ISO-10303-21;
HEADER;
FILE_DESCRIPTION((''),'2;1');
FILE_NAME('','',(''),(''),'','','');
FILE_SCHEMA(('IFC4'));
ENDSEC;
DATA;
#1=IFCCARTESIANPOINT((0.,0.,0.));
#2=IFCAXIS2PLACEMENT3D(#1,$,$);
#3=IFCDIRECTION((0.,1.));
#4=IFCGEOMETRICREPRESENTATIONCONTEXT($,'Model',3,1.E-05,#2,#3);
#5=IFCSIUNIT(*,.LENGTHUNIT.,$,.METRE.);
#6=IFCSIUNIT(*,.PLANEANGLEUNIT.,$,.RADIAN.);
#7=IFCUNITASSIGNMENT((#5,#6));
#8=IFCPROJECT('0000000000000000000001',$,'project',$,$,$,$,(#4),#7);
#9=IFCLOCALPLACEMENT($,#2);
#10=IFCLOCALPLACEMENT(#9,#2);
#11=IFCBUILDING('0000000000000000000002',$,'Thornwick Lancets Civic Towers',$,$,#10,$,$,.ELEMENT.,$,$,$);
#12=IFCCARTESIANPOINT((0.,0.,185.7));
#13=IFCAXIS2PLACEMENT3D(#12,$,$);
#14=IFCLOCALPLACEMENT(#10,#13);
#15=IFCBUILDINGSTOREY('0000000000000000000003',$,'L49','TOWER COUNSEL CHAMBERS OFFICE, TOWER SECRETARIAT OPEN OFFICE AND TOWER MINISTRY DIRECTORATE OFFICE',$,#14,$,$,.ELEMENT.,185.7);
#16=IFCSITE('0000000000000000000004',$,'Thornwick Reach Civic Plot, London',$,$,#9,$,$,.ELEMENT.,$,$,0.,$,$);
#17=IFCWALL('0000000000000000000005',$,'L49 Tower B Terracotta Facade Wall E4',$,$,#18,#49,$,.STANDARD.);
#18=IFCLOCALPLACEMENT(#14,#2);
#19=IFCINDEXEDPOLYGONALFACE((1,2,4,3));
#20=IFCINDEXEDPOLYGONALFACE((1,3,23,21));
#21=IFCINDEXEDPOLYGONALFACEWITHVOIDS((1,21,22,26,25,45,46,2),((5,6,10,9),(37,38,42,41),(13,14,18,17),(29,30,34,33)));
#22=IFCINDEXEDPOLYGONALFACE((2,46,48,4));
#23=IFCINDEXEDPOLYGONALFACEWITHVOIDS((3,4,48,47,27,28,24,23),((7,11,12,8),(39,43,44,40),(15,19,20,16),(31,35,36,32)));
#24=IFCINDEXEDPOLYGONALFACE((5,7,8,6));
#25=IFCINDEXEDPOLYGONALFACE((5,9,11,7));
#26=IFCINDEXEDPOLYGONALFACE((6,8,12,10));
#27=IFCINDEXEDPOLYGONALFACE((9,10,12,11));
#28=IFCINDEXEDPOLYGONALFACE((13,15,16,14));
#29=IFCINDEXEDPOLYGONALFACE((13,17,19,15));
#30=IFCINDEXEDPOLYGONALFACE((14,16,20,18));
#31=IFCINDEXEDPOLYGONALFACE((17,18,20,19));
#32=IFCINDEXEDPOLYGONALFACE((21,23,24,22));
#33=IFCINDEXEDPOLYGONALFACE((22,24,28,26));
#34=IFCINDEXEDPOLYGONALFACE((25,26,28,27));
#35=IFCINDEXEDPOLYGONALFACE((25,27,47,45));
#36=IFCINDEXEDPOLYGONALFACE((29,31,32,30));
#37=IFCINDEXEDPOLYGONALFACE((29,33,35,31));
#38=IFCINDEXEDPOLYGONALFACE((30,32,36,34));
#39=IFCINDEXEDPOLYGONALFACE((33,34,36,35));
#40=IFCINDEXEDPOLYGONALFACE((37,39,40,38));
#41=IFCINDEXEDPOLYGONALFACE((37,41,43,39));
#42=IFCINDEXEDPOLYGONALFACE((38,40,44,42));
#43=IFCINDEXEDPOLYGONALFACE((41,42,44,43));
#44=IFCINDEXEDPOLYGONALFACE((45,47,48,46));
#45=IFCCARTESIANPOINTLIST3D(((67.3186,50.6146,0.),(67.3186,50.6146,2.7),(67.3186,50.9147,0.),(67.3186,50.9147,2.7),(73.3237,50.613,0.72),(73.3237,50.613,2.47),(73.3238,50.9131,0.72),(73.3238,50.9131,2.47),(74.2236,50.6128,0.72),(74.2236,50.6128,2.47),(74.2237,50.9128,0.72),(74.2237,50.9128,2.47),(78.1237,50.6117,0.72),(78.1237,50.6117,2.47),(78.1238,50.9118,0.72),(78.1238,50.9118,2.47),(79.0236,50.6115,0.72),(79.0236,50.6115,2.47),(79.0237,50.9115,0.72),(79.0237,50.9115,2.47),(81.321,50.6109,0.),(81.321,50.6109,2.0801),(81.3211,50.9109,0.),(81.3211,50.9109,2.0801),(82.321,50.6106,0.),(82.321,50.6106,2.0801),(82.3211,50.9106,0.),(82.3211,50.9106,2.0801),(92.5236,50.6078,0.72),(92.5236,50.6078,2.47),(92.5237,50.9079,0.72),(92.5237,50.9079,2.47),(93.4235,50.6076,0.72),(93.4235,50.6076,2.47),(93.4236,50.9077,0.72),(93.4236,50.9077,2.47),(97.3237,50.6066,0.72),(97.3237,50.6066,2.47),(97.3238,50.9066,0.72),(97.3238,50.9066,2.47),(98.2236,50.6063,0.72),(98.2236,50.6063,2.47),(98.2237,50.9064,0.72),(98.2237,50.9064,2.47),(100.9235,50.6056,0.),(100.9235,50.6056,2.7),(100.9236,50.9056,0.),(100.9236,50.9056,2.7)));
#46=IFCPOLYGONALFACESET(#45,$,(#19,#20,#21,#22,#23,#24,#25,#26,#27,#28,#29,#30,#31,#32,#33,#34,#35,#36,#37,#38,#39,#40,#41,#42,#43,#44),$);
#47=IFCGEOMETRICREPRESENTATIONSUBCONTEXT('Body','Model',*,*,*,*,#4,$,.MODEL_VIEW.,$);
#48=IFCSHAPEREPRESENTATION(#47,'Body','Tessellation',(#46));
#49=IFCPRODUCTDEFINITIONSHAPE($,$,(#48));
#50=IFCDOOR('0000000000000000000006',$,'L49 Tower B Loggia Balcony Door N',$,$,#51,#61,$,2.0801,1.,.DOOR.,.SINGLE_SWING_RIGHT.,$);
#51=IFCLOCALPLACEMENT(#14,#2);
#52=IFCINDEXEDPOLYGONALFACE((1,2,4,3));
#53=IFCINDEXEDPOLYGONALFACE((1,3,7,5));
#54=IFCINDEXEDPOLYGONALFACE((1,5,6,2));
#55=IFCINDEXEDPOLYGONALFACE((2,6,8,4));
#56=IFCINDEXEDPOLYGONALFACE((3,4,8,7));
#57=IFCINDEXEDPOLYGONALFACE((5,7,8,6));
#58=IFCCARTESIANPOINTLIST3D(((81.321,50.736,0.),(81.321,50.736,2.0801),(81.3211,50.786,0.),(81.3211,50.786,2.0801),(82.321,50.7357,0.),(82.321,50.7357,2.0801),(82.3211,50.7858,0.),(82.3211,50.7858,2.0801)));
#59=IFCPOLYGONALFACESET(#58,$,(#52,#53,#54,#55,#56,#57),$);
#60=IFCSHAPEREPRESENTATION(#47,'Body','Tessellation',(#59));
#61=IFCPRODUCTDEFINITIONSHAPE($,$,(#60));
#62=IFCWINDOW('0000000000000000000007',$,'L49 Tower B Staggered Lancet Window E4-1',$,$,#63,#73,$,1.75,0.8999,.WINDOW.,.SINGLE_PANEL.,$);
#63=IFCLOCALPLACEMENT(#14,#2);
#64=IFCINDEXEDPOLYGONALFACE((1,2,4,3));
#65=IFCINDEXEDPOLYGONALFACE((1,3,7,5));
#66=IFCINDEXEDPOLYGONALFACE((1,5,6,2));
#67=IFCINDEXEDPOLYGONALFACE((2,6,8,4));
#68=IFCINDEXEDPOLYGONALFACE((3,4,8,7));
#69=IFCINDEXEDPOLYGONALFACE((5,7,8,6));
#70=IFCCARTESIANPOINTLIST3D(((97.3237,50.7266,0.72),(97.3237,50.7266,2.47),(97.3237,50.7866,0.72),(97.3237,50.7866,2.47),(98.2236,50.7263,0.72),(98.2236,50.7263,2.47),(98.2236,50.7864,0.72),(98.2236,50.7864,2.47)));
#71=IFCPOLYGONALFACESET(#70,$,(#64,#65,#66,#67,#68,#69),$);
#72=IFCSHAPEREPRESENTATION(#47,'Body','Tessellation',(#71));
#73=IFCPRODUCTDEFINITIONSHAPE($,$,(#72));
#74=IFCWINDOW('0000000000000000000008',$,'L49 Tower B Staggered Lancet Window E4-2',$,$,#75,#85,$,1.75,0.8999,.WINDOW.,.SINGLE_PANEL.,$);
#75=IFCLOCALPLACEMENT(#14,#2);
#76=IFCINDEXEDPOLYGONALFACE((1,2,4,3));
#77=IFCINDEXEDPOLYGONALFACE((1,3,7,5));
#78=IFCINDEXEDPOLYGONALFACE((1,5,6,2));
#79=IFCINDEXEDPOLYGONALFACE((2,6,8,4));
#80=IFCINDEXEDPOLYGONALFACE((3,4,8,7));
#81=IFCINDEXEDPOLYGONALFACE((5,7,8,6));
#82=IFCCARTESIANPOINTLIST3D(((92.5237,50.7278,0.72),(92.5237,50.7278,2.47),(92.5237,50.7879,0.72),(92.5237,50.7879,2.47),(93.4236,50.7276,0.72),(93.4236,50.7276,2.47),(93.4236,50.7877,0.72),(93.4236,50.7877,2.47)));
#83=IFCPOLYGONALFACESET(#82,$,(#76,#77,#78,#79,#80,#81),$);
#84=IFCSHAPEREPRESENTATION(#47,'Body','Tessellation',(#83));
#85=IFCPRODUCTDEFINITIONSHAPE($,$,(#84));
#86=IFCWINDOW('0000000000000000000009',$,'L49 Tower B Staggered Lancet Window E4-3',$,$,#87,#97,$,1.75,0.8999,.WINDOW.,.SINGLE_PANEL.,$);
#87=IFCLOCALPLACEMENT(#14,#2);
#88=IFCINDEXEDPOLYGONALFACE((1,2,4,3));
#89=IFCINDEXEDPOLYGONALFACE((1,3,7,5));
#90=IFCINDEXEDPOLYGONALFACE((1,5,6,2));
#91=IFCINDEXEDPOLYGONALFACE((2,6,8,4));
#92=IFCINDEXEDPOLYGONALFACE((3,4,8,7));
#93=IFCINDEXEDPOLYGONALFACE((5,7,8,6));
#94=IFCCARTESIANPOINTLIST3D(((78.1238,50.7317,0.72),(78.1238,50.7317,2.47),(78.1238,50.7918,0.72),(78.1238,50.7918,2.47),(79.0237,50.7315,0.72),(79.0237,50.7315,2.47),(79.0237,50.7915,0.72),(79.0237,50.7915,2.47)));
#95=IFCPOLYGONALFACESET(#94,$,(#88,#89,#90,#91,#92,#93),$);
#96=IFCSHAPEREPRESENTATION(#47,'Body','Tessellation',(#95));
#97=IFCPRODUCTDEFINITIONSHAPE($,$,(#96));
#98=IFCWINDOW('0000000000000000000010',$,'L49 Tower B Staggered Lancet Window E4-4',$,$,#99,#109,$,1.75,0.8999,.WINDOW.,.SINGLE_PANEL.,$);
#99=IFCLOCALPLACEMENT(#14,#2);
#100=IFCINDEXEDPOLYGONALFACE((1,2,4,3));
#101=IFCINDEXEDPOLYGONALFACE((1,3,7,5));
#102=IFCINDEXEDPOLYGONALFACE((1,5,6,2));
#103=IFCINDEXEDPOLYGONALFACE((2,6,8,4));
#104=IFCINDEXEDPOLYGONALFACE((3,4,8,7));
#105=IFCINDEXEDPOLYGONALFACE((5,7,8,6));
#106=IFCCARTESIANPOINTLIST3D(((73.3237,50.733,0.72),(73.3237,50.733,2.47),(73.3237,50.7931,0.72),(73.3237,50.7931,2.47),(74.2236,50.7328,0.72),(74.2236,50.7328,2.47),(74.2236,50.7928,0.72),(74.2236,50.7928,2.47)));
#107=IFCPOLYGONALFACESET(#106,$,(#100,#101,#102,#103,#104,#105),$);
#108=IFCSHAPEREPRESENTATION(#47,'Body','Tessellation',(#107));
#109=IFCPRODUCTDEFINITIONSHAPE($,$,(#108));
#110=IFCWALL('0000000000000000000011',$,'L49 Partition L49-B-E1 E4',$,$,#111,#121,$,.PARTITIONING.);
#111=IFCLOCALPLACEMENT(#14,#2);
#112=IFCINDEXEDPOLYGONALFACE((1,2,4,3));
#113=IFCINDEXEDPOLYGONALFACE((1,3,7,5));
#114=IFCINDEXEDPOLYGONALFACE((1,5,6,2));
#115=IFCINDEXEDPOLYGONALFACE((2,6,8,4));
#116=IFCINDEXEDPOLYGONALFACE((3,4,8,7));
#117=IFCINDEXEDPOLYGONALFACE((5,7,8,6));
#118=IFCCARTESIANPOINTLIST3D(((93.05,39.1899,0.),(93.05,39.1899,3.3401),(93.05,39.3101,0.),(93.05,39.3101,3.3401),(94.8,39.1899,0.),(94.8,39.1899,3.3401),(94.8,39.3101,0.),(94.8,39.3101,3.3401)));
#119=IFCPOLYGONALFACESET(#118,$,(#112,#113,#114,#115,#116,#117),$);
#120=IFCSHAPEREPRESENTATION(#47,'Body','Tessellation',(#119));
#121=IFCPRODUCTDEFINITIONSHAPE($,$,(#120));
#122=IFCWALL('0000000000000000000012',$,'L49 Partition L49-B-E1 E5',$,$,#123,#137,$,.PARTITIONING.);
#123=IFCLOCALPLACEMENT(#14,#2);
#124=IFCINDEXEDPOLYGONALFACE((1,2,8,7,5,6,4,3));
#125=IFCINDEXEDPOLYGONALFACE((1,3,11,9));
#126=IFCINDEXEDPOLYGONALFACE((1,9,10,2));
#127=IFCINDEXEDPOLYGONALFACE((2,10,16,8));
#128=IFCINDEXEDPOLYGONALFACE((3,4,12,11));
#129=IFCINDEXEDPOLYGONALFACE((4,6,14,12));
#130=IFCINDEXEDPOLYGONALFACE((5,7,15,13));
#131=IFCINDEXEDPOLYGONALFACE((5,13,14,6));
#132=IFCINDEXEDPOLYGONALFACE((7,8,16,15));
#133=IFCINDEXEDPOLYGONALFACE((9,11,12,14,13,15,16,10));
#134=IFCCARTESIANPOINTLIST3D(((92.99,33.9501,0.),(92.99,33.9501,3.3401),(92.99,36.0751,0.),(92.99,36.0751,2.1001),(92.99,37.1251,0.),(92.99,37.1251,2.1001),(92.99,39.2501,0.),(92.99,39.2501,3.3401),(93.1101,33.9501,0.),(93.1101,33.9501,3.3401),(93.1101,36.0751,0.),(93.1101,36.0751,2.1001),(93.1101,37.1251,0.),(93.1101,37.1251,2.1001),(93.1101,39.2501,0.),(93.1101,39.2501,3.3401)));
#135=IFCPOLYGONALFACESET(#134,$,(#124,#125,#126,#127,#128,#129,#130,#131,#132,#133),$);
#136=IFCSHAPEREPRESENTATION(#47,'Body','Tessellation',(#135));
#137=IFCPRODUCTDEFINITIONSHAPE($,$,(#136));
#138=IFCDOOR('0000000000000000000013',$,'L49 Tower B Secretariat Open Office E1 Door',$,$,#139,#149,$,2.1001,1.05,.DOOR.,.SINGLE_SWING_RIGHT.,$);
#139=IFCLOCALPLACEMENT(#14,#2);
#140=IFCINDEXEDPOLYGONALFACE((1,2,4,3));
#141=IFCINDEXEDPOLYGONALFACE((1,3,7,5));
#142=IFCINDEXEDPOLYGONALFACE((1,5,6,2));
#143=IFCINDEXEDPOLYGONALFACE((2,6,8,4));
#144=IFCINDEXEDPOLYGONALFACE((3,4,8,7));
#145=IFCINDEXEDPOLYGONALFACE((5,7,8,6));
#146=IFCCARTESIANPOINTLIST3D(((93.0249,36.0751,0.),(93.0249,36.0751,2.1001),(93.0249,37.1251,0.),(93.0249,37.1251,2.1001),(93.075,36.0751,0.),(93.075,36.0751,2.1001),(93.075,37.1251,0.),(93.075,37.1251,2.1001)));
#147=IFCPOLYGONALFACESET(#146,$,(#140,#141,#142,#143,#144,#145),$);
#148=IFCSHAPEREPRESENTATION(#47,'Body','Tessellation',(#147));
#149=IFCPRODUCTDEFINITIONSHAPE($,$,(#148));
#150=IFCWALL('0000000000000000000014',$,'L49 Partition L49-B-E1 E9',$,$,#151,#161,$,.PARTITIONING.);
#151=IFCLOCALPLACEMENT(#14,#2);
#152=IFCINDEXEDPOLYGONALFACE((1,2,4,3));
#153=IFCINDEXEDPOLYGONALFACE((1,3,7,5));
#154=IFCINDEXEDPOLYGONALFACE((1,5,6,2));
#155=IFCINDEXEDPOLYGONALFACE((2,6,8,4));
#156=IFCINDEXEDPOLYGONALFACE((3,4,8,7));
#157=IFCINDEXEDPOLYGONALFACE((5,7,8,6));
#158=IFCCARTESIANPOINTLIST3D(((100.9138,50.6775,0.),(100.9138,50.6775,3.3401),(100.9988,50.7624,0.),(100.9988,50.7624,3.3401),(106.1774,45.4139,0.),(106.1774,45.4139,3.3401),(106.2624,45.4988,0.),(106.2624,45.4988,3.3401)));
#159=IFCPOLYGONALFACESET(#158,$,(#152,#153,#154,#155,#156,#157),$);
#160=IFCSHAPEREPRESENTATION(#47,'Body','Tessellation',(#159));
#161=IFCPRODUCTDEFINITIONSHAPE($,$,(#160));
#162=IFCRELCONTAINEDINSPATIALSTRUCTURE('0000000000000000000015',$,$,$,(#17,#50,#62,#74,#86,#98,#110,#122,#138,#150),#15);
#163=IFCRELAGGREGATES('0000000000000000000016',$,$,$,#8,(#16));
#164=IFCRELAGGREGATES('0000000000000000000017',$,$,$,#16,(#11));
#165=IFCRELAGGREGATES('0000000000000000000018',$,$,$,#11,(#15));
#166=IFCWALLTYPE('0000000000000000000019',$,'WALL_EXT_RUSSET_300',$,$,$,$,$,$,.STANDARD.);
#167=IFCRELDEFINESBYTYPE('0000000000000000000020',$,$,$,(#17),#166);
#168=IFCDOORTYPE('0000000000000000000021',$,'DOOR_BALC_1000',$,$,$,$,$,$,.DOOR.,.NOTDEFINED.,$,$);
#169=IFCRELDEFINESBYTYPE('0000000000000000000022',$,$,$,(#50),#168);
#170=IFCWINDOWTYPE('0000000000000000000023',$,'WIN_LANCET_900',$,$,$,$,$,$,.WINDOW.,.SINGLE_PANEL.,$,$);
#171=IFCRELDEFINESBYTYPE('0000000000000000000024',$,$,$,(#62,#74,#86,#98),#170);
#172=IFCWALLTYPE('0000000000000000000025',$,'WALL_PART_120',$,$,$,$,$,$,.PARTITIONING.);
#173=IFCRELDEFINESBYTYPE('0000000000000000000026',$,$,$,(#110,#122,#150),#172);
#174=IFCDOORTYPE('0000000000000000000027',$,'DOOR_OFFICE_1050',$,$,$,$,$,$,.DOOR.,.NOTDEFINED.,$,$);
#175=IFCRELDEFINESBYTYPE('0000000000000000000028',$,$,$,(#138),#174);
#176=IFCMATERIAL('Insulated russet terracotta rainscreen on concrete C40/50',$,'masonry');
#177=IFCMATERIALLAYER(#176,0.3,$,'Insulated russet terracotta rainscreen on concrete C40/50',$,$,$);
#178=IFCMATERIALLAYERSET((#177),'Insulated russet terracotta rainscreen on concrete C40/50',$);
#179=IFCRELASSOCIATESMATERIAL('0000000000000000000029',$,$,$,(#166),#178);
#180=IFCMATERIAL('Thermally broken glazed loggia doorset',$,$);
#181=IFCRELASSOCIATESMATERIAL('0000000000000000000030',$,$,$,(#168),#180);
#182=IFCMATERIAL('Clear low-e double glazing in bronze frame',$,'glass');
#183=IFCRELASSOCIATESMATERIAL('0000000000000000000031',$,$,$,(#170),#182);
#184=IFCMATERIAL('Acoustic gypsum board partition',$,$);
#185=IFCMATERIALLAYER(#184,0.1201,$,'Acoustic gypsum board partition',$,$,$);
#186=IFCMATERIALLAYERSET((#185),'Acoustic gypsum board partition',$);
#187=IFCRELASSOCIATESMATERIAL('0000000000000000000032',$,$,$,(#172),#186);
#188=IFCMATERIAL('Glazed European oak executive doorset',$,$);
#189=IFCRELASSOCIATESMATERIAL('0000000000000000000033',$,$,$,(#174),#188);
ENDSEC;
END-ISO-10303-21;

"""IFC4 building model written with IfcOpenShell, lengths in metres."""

from ifc_helpers import new_model, si_unit, direction, frame, frame_2d, origin, place, context, subcontext, project, spatial, rectangle, extrude, material, layer, layer_set, type_object, element, fill, save


model = new_model("IFC4")

# Units and contexts
model_context = context("Model", 3, precision=1e-05, world=origin(), true_north=direction((0.0, 1.0)))
body_context = subcontext(model_context, "Body", "Model", "MODEL_VIEW")
ifc_project = project(units=[si_unit("LENGTHUNIT", "METRE"), si_unit("PLANEANGLEUNIT", "RADIAN")], contexts=[model_context])

# Site, building, storey
site_placement = place(None, origin())
site = spatial("IfcSite", under=ifc_project, at=site_placement, Name="Thornwick Reach Civic Plot, London", CompositionType="ELEMENT", RefElevation=0.0)
building_placement = place(site_placement, origin())
building = spatial("IfcBuilding", under=site, at=building_placement, Name="Thornwick Lancets Civic Towers", CompositionType="ELEMENT")
storey_placement = place(building_placement, frame((0.0, 0.0, 185.7)))
storey = spatial("IfcBuildingStorey", under=building, at=storey_placement, Name="L49", Description="TOWER COUNSEL CHAMBERS OFFICE, TOWER SECRETARIAT OPEN OFFICE AND TOWER MINISTRY DIRECTORATE OFFICE", CompositionType="ELEMENT", Elevation=185.7)

# Wall, openings, door, windows
ifc_material_1 = material(Name="Insulated russet terracotta rainscreen on concrete C40/50", Category="masonry")
ifc_layer_1 = layer(ifc_material_1, 0.3, Name="Insulated russet terracotta rainscreen on concrete C40/50")
ifc_layer_set_1 = layer_set([ifc_layer_1], Name="Insulated russet terracotta rainscreen on concrete C40/50")
wall_type_1 = type_object("IfcWallType", Name="WALL_EXT_RUSSET_300", PredefinedType="STANDARD", material=ifc_layer_set_1)
wall_1_placement = place(storey_placement, frame((100.9236, 50.7556, 0.0), z_axis=(0.0, 0.0, 1.0), x_axis=(-1.0, 0.000269, 0.0)))
wall_1 = element("IfcWall", 1, at=wall_1_placement, inside=storey, type_object=wall_type_1, Name="L49 Tower B Terracotta Facade Wall E4", PredefinedType="STANDARD", context=body_context, shape_type="SweptSolid", body=[
    extrude(rectangle(XDim=33.605, YDim=0.3, at=frame_2d((16.8025, 0.0))), origin(), (0.0, 0.0, 1.0), 2.7),
])
opening_1_placement = place(wall_1_placement, frame((18.6025, 0.0, 0.0)))
opening_1 = element("IfcOpeningElement", 2, at=opening_1_placement, cuts=wall_1, PredefinedType="OPENING", context=body_context, shape_type="SweptSolid", body=[
    extrude(rectangle(XDim=1.0, YDim=2.0801, at=frame_2d((0.5, 1.04))), frame((0.0, 0.1602, 0.0), z_axis=(0.0, -1.0, 0.0), x_axis=(1.0, 0.0, 0.0)), (0.0, 0.0, 1.0), 0.3201),
])
opening_2_placement = place(wall_1_placement, frame((2.7, 0.0, 0.72)))
opening_2 = element("IfcOpeningElement", 3, at=opening_2_placement, cuts=wall_1, PredefinedType="OPENING", context=body_context, shape_type="SweptSolid", body=[
    extrude(rectangle(XDim=0.8999, YDim=1.75, at=frame_2d((0.45, 0.875))), frame((0.0, 0.1602, 0.0), z_axis=(0.0, -1.0, 0.0), x_axis=(1.0, 0.0, 0.0)), (0.0, 0.0, 1.0), 0.3201),
])
opening_3_placement = place(wall_1_placement, frame((7.5, 0.0, 0.72)))
opening_3 = element("IfcOpeningElement", 4, at=opening_3_placement, cuts=wall_1, PredefinedType="OPENING", context=body_context, shape_type="SweptSolid", body=[
    extrude(rectangle(XDim=0.8999, YDim=1.75, at=frame_2d((0.45, 0.875))), frame((0.0, 0.1602, 0.0), z_axis=(0.0, -1.0, 0.0), x_axis=(1.0, 0.0, 0.0)), (0.0, 0.0, 1.0), 0.3201),
])
opening_4_placement = place(wall_1_placement, frame((21.8999, 0.0, 0.72)))
opening_4 = element("IfcOpeningElement", 5, at=opening_4_placement, cuts=wall_1, PredefinedType="OPENING", context=body_context, shape_type="SweptSolid", body=[
    extrude(rectangle(XDim=0.8999, YDim=1.75, at=frame_2d((0.45, 0.875))), frame((0.0, 0.1602, 0.0), z_axis=(0.0, -1.0, 0.0), x_axis=(1.0, 0.0, 0.0)), (0.0, 0.0, 1.0), 0.3201),
])
opening_5_placement = place(wall_1_placement, frame((26.7, 0.0, 0.72)))
opening_5 = element("IfcOpeningElement", 6, at=opening_5_placement, cuts=wall_1, PredefinedType="OPENING", context=body_context, shape_type="SweptSolid", body=[
    extrude(rectangle(XDim=0.8999, YDim=1.75, at=frame_2d((0.45, 0.875))), frame((0.0, 0.1602, 0.0), z_axis=(0.0, -1.0, 0.0), x_axis=(1.0, 0.0, 0.0)), (0.0, 0.0, 1.0), 0.3201),
])
ifc_material_2 = material(Name="Thermally broken glazed loggia doorset")
door_type_1 = type_object("IfcDoorType", Name="DOOR_BALC_1000", OperationType="NOTDEFINED", PredefinedType="DOOR", material=ifc_material_2)
door_1_placement = place(opening_1_placement, origin())
door_1 = element("IfcDoor", 7, at=door_1_placement, inside=storey, type_object=door_type_1, Name="L49 Tower B Loggia Balcony Door N", OperationType="SINGLE_SWING_RIGHT", OverallHeight=2.0801, OverallWidth=1.0, PredefinedType="DOOR", context=body_context, shape_type="SweptSolid", body=[
    extrude(rectangle(XDim=1.0, YDim=2.0801, at=frame_2d((0.5, 1.04))), frame((0.0, 0.0249, 0.0), z_axis=(0.0, -1.0, 0.0), x_axis=(1.0, 0.0, 0.0)), (0.0, 0.0, 1.0), 0.05),
])
fill(opening_1, door_1)
ifc_material_3 = material(Name="Clear low-e double glazing in bronze frame", Category="glass")
window_type = type_object("IfcWindowType", Name="WIN_LANCET_900", PartitioningType="SINGLE_PANEL", PredefinedType="WINDOW", material=ifc_material_3)
window_1_placement = place(opening_2_placement, origin())
window_1 = element("IfcWindow", 8, at=window_1_placement, inside=storey, type_object=window_type, Name="L49 Tower B Staggered Lancet Window E4-1", OverallHeight=1.75, OverallWidth=0.8999, PartitioningType="SINGLE_PANEL", PredefinedType="WINDOW", context=body_context, shape_type="SweptSolid", body=[
    extrude(rectangle(XDim=0.8999, YDim=1.75, at=frame_2d((0.45, 0.875))), frame((0.0, 0.03, 0.0), z_axis=(0.0, -1.0, 0.0), x_axis=(1.0, 0.0, 0.0)), (0.0, 0.0, 1.0), 0.0601),
])
fill(opening_2, window_1)
window_2_placement = place(opening_3_placement, origin())
window_2 = element("IfcWindow", 9, at=window_2_placement, inside=storey, type_object=window_type, Name="L49 Tower B Staggered Lancet Window E4-2", OverallHeight=1.75, OverallWidth=0.8999, PartitioningType="SINGLE_PANEL", PredefinedType="WINDOW", context=body_context, shape_type="SweptSolid", body=[
    extrude(rectangle(XDim=0.8999, YDim=1.75, at=frame_2d((0.45, 0.875))), frame((0.0, 0.03, 0.0), z_axis=(0.0, -1.0, 0.0), x_axis=(1.0, 0.0, 0.0)), (0.0, 0.0, 1.0), 0.0601),
])
fill(opening_3, window_2)
window_3_placement = place(opening_4_placement, origin())
window_3 = element("IfcWindow", 10, at=window_3_placement, inside=storey, type_object=window_type, Name="L49 Tower B Staggered Lancet Window E4-3", OverallHeight=1.75, OverallWidth=0.8999, PartitioningType="SINGLE_PANEL", PredefinedType="WINDOW", context=body_context, shape_type="SweptSolid", body=[
    extrude(rectangle(XDim=0.8999, YDim=1.75, at=frame_2d((0.45, 0.875))), frame((0.0, 0.03, 0.0), z_axis=(0.0, -1.0, 0.0), x_axis=(1.0, 0.0, 0.0)), (0.0, 0.0, 1.0), 0.0601),
])
fill(opening_4, window_3)
window_4_placement = place(opening_5_placement, origin())
window_4 = element("IfcWindow", 11, at=window_4_placement, inside=storey, type_object=window_type, Name="L49 Tower B Staggered Lancet Window E4-4", OverallHeight=1.75, OverallWidth=0.8999, PartitioningType="SINGLE_PANEL", PredefinedType="WINDOW", context=body_context, shape_type="SweptSolid", body=[
    extrude(rectangle(XDim=0.8999, YDim=1.75, at=frame_2d((0.45, 0.875))), frame((0.0, 0.03, 0.0), z_axis=(0.0, -1.0, 0.0), x_axis=(1.0, 0.0, 0.0)), (0.0, 0.0, 1.0), 0.0601),
])
fill(opening_5, window_4)

# Wall
ifc_material_4 = material(Name="Acoustic gypsum board partition")
ifc_layer_2 = layer(ifc_material_4, 0.1201, Name="Acoustic gypsum board partition")
ifc_layer_set_2 = layer_set([ifc_layer_2], Name="Acoustic gypsum board partition")
wall_type_2 = type_object("IfcWallType", Name="WALL_PART_120", PredefinedType="PARTITIONING", material=ifc_layer_set_2)
wall_2_placement = place(storey_placement, frame((94.8, 39.25, 0.0), z_axis=(0.0, 0.0, 1.0), x_axis=(-1.0, 0.0, 0.0)))
element("IfcWall", 12, at=wall_2_placement, inside=storey, type_object=wall_type_2, Name="L49 Partition L49-B-E1 E4", PredefinedType="PARTITIONING", context=body_context, shape_type="SweptSolid", body=[
    extrude(rectangle(XDim=1.75, YDim=0.1201, at=frame_2d((0.875, 0.0))), origin(), (0.0, 0.0, 1.0), 3.3401),
])

# Wall, opening, door
wall_3_placement = place(storey_placement, frame((93.05, 39.25, 0.0), z_axis=(0.0, 0.0, 1.0), x_axis=(0.0, -1.0, 0.0)))
wall_3 = element("IfcWall", 13, at=wall_3_placement, inside=storey, type_object=wall_type_2, Name="L49 Partition L49-B-E1 E5", PredefinedType="PARTITIONING", context=body_context, shape_type="SweptSolid", body=[
    extrude(rectangle(XDim=5.3, YDim=0.1201, at=frame_2d((2.6499, 0.0))), origin(), (0.0, 0.0, 1.0), 3.3401),
])
opening_6_placement = place(wall_3_placement, frame((2.125, 0.0, 0.0)))
opening_6 = element("IfcOpeningElement", 14, at=opening_6_placement, cuts=wall_3, PredefinedType="OPENING", context=body_context, shape_type="SweptSolid", body=[
    extrude(rectangle(XDim=1.05, YDim=2.1001, at=frame_2d((0.5249, 1.05))), frame((0.0, 0.0701, 0.0), z_axis=(0.0, -1.0, 0.0), x_axis=(1.0, 0.0, 0.0)), (0.0, 0.0, 1.0), 0.1401),
])
ifc_material_5 = material(Name="Glazed European oak executive doorset")
door_type_2 = type_object("IfcDoorType", Name="DOOR_OFFICE_1050", OperationType="NOTDEFINED", PredefinedType="DOOR", material=ifc_material_5)
door_2_placement = place(opening_6_placement, origin())
door_2 = element("IfcDoor", 15, at=door_2_placement, inside=storey, type_object=door_type_2, Name="L49 Tower B Secretariat Open Office E1 Door", OperationType="SINGLE_SWING_RIGHT", OverallHeight=2.1001, OverallWidth=1.05, PredefinedType="DOOR", context=body_context, shape_type="SweptSolid", body=[
    extrude(rectangle(XDim=1.05, YDim=2.1001, at=frame_2d((0.5249, 1.05))), frame((0.0, 0.0249, 0.0), z_axis=(0.0, -1.0, 0.0), x_axis=(1.0, 0.0, 0.0)), (0.0, 0.0, 1.0), 0.05),
])
fill(opening_6, door_2)

# Wall
wall_4_placement = place(storey_placement, frame((100.9563, 50.72, 0.0), z_axis=(0.0, 0.0, 1.0), x_axis=(0.707107, -0.707107, 0.0)))
element("IfcWall", 16, at=wall_4_placement, inside=storey, type_object=wall_type_2, Name="L49 Partition L49-B-E1 E9", PredefinedType="PARTITIONING", context=body_context, shape_type="SweptSolid", body=[
    extrude(rectangle(XDim=7.4438, YDim=0.1201, at=frame_2d((3.7219, 0.0))), origin(), (0.0, 0.0, 1.0), 3.3401),
])

save(model, "model.ifc")
